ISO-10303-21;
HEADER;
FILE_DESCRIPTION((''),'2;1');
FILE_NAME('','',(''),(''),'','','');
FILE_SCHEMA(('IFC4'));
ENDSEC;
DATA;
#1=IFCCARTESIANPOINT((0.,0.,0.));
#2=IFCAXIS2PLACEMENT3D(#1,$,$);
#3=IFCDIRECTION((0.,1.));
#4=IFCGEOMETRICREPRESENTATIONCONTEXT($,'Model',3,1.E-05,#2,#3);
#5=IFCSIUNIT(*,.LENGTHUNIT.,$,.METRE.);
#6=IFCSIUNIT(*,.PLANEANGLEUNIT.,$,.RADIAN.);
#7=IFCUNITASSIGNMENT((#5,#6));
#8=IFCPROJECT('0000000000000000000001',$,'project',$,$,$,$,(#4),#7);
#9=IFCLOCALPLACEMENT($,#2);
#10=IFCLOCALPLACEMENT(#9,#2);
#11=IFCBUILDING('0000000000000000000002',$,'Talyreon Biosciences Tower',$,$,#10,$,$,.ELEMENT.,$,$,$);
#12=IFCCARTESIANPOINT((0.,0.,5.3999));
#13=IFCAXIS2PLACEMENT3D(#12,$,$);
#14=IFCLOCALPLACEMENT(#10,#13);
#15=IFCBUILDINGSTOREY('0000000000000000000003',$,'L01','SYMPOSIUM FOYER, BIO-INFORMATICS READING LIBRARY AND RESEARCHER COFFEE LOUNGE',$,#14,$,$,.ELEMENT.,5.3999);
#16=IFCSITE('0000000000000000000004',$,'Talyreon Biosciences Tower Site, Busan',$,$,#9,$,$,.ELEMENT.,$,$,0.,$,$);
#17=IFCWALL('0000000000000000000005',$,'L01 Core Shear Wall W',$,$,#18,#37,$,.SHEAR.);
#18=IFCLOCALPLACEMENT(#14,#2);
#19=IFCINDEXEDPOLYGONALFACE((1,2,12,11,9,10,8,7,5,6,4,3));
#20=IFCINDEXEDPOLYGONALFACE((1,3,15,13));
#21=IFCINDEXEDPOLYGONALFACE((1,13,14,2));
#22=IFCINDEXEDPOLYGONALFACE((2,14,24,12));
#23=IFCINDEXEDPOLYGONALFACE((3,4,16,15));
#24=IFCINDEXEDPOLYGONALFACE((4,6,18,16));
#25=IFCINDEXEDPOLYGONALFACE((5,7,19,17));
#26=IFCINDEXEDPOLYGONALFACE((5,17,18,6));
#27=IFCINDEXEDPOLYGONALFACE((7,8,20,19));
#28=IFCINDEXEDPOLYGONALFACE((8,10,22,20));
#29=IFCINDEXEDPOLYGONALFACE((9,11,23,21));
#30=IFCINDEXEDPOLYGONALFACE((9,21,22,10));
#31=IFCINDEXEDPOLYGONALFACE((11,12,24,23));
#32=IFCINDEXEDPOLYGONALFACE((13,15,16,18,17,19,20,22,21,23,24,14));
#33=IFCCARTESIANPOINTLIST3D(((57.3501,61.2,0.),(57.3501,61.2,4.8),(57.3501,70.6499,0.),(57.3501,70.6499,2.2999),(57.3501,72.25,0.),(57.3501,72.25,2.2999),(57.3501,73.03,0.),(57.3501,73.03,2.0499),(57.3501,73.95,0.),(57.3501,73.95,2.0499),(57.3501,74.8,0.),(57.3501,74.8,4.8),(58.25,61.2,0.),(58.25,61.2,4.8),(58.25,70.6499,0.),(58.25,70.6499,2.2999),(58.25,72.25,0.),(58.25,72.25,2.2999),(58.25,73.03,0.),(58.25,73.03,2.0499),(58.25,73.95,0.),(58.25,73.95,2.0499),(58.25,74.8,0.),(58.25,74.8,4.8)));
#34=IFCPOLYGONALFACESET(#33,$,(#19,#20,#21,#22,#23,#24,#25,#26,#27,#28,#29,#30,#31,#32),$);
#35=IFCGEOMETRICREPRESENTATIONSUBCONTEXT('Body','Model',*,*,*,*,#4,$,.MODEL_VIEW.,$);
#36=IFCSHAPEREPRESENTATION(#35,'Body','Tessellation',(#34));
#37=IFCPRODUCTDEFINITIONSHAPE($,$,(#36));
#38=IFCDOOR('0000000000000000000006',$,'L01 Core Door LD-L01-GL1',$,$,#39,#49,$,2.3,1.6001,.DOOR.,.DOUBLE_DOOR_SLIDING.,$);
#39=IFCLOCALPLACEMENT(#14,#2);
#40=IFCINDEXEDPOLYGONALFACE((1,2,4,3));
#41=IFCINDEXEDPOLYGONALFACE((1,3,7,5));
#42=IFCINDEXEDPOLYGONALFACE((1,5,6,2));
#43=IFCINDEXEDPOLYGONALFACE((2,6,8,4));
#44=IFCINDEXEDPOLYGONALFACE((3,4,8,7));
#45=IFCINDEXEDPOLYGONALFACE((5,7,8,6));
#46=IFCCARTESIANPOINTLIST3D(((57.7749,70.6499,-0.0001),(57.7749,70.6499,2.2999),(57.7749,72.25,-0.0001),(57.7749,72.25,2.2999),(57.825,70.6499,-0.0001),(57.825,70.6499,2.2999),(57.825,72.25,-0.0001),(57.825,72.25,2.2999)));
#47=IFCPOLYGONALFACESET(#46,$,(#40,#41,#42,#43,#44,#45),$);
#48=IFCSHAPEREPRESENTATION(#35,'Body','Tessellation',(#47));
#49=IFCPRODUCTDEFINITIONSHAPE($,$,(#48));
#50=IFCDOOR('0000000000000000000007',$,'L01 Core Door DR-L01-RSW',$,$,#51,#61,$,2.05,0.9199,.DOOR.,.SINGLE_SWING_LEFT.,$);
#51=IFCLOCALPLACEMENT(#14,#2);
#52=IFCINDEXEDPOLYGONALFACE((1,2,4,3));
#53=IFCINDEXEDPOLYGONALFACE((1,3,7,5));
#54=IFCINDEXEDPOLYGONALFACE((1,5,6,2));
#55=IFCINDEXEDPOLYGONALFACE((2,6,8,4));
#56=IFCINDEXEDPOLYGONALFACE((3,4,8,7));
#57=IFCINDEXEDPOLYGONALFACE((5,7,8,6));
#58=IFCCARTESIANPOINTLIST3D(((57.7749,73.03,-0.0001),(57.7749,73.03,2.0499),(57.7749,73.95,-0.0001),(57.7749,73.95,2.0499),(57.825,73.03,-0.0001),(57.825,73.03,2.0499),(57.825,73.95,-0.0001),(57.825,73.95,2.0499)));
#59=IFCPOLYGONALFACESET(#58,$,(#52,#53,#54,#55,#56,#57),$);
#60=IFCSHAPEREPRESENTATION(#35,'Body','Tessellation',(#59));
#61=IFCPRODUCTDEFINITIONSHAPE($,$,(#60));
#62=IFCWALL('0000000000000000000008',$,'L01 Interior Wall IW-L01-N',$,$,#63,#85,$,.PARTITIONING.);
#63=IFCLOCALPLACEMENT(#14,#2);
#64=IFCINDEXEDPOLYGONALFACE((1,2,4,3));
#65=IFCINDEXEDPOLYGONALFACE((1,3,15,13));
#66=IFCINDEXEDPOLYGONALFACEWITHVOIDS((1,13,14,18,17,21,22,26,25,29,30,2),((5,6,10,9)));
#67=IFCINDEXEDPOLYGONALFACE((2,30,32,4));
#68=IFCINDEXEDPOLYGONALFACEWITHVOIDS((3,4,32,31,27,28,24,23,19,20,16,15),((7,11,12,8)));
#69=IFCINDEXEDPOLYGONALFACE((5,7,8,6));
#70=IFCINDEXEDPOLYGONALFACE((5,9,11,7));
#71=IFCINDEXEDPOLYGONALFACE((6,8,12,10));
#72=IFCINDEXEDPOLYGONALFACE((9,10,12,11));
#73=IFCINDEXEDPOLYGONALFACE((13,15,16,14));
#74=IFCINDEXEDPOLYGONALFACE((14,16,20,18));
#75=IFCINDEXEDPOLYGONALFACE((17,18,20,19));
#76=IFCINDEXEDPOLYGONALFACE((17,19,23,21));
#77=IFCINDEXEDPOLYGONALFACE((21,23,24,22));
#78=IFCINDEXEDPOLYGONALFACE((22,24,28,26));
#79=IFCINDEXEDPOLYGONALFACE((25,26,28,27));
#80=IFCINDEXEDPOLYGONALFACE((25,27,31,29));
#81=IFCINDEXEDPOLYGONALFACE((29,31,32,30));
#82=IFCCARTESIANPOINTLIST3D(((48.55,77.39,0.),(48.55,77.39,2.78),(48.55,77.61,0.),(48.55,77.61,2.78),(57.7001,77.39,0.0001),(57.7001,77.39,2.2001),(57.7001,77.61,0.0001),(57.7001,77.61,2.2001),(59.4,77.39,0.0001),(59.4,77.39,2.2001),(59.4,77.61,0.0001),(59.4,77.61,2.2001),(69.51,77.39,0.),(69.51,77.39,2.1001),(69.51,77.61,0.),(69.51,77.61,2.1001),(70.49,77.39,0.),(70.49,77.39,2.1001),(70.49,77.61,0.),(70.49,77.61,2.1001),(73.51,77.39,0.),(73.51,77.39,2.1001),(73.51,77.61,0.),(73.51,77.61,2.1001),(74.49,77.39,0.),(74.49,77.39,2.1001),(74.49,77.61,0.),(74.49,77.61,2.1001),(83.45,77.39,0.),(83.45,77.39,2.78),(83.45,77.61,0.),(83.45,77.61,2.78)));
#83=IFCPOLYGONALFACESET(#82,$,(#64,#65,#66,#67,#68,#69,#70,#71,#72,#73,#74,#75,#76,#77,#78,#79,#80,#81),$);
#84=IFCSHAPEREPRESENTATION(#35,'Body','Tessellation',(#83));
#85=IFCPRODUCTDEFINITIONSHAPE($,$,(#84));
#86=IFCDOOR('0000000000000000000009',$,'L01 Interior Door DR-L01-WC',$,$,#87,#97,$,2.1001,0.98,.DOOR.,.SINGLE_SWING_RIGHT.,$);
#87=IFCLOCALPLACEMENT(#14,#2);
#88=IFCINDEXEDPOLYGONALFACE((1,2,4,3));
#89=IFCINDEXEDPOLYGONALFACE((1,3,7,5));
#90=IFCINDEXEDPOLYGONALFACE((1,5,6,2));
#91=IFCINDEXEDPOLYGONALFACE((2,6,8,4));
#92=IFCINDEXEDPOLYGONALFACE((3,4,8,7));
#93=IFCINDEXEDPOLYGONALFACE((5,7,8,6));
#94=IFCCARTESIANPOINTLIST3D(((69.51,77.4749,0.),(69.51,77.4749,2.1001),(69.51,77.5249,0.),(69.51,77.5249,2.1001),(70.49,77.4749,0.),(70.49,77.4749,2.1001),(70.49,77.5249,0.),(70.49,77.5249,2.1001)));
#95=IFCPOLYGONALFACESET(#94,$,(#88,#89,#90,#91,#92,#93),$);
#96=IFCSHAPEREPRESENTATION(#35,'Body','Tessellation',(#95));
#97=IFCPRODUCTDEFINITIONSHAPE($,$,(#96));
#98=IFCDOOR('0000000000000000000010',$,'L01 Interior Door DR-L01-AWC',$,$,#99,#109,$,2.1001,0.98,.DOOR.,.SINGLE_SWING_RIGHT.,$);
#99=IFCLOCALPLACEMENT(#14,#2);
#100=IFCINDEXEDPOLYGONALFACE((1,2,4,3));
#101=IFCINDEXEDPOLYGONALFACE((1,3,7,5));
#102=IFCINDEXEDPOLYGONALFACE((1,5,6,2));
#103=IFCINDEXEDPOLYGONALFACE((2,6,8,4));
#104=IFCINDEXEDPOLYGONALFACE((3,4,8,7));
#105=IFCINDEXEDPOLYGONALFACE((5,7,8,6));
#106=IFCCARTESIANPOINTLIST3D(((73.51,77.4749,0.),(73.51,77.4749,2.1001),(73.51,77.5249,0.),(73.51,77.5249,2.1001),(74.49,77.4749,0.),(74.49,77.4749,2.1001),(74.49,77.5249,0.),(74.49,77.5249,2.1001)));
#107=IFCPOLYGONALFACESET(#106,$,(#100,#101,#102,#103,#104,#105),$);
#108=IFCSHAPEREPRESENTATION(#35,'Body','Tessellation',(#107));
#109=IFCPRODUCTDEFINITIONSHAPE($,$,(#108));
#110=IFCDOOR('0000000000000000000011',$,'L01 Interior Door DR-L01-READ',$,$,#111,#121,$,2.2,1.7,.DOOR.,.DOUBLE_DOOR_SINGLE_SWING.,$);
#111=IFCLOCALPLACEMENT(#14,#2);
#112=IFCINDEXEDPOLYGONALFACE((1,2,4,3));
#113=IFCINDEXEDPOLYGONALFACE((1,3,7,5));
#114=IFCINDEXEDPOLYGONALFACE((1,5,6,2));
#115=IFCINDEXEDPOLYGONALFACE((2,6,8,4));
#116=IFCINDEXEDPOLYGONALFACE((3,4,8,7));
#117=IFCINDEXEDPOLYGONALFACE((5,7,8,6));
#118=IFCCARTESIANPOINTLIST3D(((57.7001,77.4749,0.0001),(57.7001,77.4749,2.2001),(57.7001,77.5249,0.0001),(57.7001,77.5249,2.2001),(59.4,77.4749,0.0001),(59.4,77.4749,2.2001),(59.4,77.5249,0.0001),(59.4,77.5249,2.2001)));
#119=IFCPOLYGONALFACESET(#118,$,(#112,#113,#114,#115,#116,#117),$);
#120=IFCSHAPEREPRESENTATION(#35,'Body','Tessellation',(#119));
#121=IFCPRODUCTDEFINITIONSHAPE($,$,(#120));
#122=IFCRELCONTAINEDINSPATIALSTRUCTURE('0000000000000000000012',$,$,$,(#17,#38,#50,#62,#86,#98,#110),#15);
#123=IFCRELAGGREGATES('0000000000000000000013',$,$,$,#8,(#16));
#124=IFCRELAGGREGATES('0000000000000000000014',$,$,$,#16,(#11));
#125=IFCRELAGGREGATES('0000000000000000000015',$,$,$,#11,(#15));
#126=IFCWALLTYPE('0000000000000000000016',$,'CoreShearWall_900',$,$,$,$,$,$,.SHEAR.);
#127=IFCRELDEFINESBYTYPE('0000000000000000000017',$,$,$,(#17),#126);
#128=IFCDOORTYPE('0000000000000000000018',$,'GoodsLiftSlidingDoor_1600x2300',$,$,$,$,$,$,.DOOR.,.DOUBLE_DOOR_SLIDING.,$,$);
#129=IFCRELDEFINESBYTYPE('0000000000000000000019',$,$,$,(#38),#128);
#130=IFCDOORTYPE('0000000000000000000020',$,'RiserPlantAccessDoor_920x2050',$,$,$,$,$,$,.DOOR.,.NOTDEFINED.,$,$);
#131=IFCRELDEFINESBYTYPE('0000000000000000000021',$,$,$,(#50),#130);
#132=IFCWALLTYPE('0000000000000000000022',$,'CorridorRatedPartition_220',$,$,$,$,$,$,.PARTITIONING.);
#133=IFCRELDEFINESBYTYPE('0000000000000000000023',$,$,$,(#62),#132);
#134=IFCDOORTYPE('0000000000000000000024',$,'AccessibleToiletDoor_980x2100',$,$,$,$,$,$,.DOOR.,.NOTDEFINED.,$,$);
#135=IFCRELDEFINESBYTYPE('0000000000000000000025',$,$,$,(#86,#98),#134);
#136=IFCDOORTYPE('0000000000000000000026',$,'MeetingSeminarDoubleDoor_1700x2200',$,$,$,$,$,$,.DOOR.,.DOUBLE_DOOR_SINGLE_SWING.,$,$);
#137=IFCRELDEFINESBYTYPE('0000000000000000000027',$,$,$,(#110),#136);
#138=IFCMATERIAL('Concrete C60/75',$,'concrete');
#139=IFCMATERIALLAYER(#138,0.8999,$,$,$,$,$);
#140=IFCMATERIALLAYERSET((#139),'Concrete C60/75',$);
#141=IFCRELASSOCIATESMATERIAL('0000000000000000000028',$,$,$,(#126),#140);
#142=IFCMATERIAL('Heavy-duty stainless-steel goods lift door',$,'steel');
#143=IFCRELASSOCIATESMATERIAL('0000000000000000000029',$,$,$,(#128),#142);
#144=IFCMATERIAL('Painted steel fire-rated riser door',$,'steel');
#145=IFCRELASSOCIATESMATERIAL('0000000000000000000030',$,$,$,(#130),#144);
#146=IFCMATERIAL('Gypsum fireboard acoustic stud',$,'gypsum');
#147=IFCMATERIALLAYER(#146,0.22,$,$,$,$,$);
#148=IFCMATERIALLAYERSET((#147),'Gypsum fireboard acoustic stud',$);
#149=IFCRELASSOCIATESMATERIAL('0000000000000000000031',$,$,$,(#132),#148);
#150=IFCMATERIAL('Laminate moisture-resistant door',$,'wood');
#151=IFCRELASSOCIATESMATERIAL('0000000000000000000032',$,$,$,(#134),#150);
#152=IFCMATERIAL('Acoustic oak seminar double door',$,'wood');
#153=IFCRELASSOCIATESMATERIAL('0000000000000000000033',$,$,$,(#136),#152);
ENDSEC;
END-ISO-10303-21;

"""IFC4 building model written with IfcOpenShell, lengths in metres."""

from ifc_helpers import new_model, si_unit, direction, frame, frame_2d, origin, place, context, subcontext, project, spatial, rectangle, extrude, material, layer, layer_set, type_object, element, fill, save


model = new_model("IFC4")

# Units and contexts
model_context = context("Model", 3, precision=1e-05, world=origin(), true_north=direction((0.0, 1.0)))
body_context = subcontext(model_context, "Body", "Model", "MODEL_VIEW")
ifc_project = project(units=[si_unit("LENGTHUNIT", "METRE"), si_unit("PLANEANGLEUNIT", "RADIAN")], contexts=[model_context])

# Site, building, storey
site_placement = place(None, origin())
site = spatial("IfcSite", under=ifc_project, at=site_placement, Name="Talyreon Biosciences Tower Site, Busan", CompositionType="ELEMENT", RefElevation=0.0)
building_placement = place(site_placement, origin())
building = spatial("IfcBuilding", under=site, at=building_placement, Name="Talyreon Biosciences Tower", CompositionType="ELEMENT")
storey_placement = place(building_placement, frame((0.0, 0.0, 5.3999)))
storey = spatial("IfcBuildingStorey", under=building, at=storey_placement, Name="L01", Description="SYMPOSIUM FOYER, BIO-INFORMATICS READING LIBRARY AND RESEARCHER COFFEE LOUNGE", CompositionType="ELEMENT", Elevation=5.3999)

# Shared definitions
ifc_material_1 = material(Name="Concrete C60/75", Category="concrete")

# Walls, openings, doors
ifc_layer_1 = layer(ifc_material_1, 0.8999)
ifc_layer_set_1 = layer_set([ifc_layer_1], Name="Concrete C60/75")
wall_type_1 = type_object("IfcWallType", Name="CoreShearWall_900", PredefinedType="SHEAR", material=ifc_layer_set_1)
wall_1_placement = place(storey_placement, frame((57.8, 74.8, 0.0), z_axis=(0.0, 0.0, 1.0), x_axis=(0.0, -1.0, 0.0)))
wall_1 = element("IfcWall", 1, at=wall_1_placement, inside=storey, type_object=wall_type_1, Name="L01 Core Shear Wall W", PredefinedType="SHEAR", context=body_context, shape_type="SweptSolid", body=[
    extrude(rectangle(XDim=13.6001, YDim=0.8999, at=frame_2d((6.8, 0.0))), origin(), (0.0, 0.0, 1.0), 4.8),
])
opening_1_placement = place(wall_1_placement, frame((0.8501, 0.0, 0.0)))
opening_1 = element("IfcOpeningElement", 2, at=opening_1_placement, cuts=wall_1, PredefinedType="OPENING", context=body_context, shape_type="SweptSolid", body=[
    extrude(rectangle(XDim=0.9199, YDim=2.05, at=frame_2d((0.46, 1.0249))), frame((0.0, 0.46, 0.0), z_axis=(0.0, -1.0, 0.0), x_axis=(1.0, 0.0, 0.0)), (0.0, 0.0, 1.0), 0.9199),
])
opening_2_placement = place(wall_1_placement, frame((2.55, 0.0, 0.0)))
opening_2 = element("IfcOpeningElement", 3, at=opening_2_placement, cuts=wall_1, PredefinedType="OPENING", context=body_context, shape_type="SweptSolid", body=[
    extrude(rectangle(XDim=1.6001, YDim=2.3, at=frame_2d((0.8, 1.1499))), frame((0.0, 0.46, 0.0), z_axis=(0.0, -1.0, 0.0), x_axis=(1.0, 0.0, 0.0)), (0.0, 0.0, 1.0), 0.9199),
])
ifc_material_2 = material(Name="Heavy-duty stainless-steel goods lift door", Category="steel")
door_type_1 = type_object("IfcDoorType", Name="GoodsLiftSlidingDoor_1600x2300", OperationType="DOUBLE_DOOR_SLIDING", PredefinedType="DOOR", material=ifc_material_2)
door_1_placement = place(opening_2_placement, origin())
door_1 = element("IfcDoor", 4, at=door_1_placement, inside=storey, type_object=door_type_1, Name="L01 Core Door LD-L01-GL1", OperationType="DOUBLE_DOOR_SLIDING", OverallHeight=2.3, OverallWidth=1.6001, PredefinedType="DOOR", context=body_context, shape_type="SweptSolid", body=[
    extrude(rectangle(XDim=1.6001, YDim=2.3, at=frame_2d((0.8, 1.1499))), frame((0.0, 0.0249, 0.0), z_axis=(0.0, -1.0, 0.0), x_axis=(1.0, 0.0, 0.0)), (0.0, 0.0, 1.0), 0.05),
])
fill(opening_2, door_1)
ifc_material_3 = material(Name="Painted steel fire-rated riser door", Category="steel")
door_type_2 = type_object("IfcDoorType", Name="RiserPlantAccessDoor_920x2050", OperationType="NOTDEFINED", PredefinedType="DOOR", material=ifc_material_3)
door_2_placement = place(opening_1_placement, origin())
door_2 = element("IfcDoor", 5, at=door_2_placement, inside=storey, type_object=door_type_2, Name="L01 Core Door DR-L01-RSW", OperationType="SINGLE_SWING_LEFT", OverallHeight=2.05, OverallWidth=0.9199, PredefinedType="DOOR", context=body_context, shape_type="SweptSolid", body=[
    extrude(rectangle(XDim=0.9199, YDim=2.05, at=frame_2d((0.46, 1.0249))), frame((0.0, 0.0249, 0.0), z_axis=(0.0, -1.0, 0.0), x_axis=(1.0, 0.0, 0.0)), (0.0, 0.0, 1.0), 0.05),
])
fill(opening_1, door_2)
ifc_material_4 = material(Name="Gypsum fireboard acoustic stud", Category="gypsum")
ifc_layer_2 = layer(ifc_material_4, 0.22)
ifc_layer_set_2 = layer_set([ifc_layer_2], Name="Gypsum fireboard acoustic stud")
wall_type_2 = type_object("IfcWallType", Name="CorridorRatedPartition_220", PredefinedType="PARTITIONING", material=ifc_layer_set_2)
wall_2_placement = place(storey_placement, frame((48.55, 77.5, 0.0), z_axis=(0.0, 0.0, 1.0), x_axis=(1.0, 0.0, 0.0)))
wall_2 = element("IfcWall", 6, at=wall_2_placement, inside=storey, type_object=wall_type_2, Name="L01 Interior Wall IW-L01-N", PredefinedType="PARTITIONING", context=body_context, shape_type="SweptSolid", body=[
    extrude(rectangle(XDim=34.8999, YDim=0.22, at=frame_2d((17.45, 0.0))), origin(), (0.0, 0.0, 1.0), 2.78),
])
opening_3_placement = place(wall_2_placement, frame((9.1499, 0.0, 0.0)))
opening_3 = element("IfcOpeningElement", 7, at=opening_3_placement, cuts=wall_2, PredefinedType="OPENING", context=body_context, shape_type="SweptSolid", body=[
    extrude(rectangle(XDim=1.7, YDim=2.2, at=frame_2d((0.8501, 1.1001))), frame((0.0, 0.1199, 0.0), z_axis=(0.0, -1.0, 0.0), x_axis=(1.0, 0.0, 0.0)), (0.0, 0.0, 1.0), 0.24),
])
opening_4_placement = place(wall_2_placement, frame((20.96, 0.0, 0.0)))
opening_4 = element("IfcOpeningElement", 8, at=opening_4_placement, cuts=wall_2, PredefinedType="OPENING", context=body_context, shape_type="SweptSolid", body=[
    extrude(rectangle(XDim=0.98, YDim=2.1001, at=frame_2d((0.49, 1.05))), frame((0.0, 0.1199, 0.0), z_axis=(0.0, -1.0, 0.0), x_axis=(1.0, 0.0, 0.0)), (0.0, 0.0, 1.0), 0.24),
])
opening_5_placement = place(wall_2_placement, frame((24.96, 0.0, 0.0)))
opening_5 = element("IfcOpeningElement", 9, at=opening_5_placement, cuts=wall_2, PredefinedType="OPENING", context=body_context, shape_type="SweptSolid", body=[
    extrude(rectangle(XDim=0.98, YDim=2.1001, at=frame_2d((0.49, 1.05))), frame((0.0, 0.1199, 0.0), z_axis=(0.0, -1.0, 0.0), x_axis=(1.0, 0.0, 0.0)), (0.0, 0.0, 1.0), 0.24),
])
ifc_material_5 = material(Name="Laminate moisture-resistant door", Category="wood")
door_type_3 = type_object("IfcDoorType", Name="AccessibleToiletDoor_980x2100", OperationType="NOTDEFINED", PredefinedType="DOOR", material=ifc_material_5)
door_3_placement = place(opening_4_placement, origin())
door_3 = element("IfcDoor", 10, at=door_3_placement, inside=storey, type_object=door_type_3, Name="L01 Interior Door DR-L01-WC", OperationType="SINGLE_SWING_RIGHT", OverallHeight=2.1001, OverallWidth=0.98, PredefinedType="DOOR", context=body_context, shape_type="SweptSolid", body=[
    extrude(rectangle(XDim=0.98, YDim=2.1001, at=frame_2d((0.49, 1.05))), frame((0.0, 0.0249, 0.0), z_axis=(0.0, -1.0, 0.0), x_axis=(1.0, 0.0, 0.0)), (0.0, 0.0, 1.0), 0.05),
])
fill(opening_4, door_3)
door_4_placement = place(opening_5_placement, origin())
door_4 = element("IfcDoor", 11, at=door_4_placement, inside=storey, type_object=door_type_3, Name="L01 Interior Door DR-L01-AWC", OperationType="SINGLE_SWING_RIGHT", OverallHeight=2.1001, OverallWidth=0.98, PredefinedType="DOOR", context=body_context, shape_type="SweptSolid", body=[
    extrude(rectangle(XDim=0.98, YDim=2.1001, at=frame_2d((0.49, 1.05))), frame((0.0, 0.0249, 0.0), z_axis=(0.0, -1.0, 0.0), x_axis=(1.0, 0.0, 0.0)), (0.0, 0.0, 1.0), 0.05),
])
fill(opening_5, door_4)
ifc_material_6 = material(Name="Acoustic oak seminar double door", Category="wood")
door_type_4 = type_object("IfcDoorType", Name="MeetingSeminarDoubleDoor_1700x2200", OperationType="DOUBLE_DOOR_SINGLE_SWING", PredefinedType="DOOR", material=ifc_material_6)
door_5_placement = place(opening_3_placement, origin())
door_5 = element("IfcDoor", 12, at=door_5_placement, inside=storey, type_object=door_type_4, Name="L01 Interior Door DR-L01-READ", OperationType="DOUBLE_DOOR_SINGLE_SWING", OverallHeight=2.2, OverallWidth=1.7, PredefinedType="DOOR", context=body_context, shape_type="SweptSolid", body=[
    extrude(rectangle(XDim=1.7, YDim=2.2, at=frame_2d((0.8501, 1.1001))), frame((0.0, 0.0249, 0.0), z_axis=(0.0, -1.0, 0.0), x_axis=(1.0, 0.0, 0.0)), (0.0, 0.0, 1.0), 0.05),
])
fill(opening_3, door_5)

save(model, "model.ifc")
